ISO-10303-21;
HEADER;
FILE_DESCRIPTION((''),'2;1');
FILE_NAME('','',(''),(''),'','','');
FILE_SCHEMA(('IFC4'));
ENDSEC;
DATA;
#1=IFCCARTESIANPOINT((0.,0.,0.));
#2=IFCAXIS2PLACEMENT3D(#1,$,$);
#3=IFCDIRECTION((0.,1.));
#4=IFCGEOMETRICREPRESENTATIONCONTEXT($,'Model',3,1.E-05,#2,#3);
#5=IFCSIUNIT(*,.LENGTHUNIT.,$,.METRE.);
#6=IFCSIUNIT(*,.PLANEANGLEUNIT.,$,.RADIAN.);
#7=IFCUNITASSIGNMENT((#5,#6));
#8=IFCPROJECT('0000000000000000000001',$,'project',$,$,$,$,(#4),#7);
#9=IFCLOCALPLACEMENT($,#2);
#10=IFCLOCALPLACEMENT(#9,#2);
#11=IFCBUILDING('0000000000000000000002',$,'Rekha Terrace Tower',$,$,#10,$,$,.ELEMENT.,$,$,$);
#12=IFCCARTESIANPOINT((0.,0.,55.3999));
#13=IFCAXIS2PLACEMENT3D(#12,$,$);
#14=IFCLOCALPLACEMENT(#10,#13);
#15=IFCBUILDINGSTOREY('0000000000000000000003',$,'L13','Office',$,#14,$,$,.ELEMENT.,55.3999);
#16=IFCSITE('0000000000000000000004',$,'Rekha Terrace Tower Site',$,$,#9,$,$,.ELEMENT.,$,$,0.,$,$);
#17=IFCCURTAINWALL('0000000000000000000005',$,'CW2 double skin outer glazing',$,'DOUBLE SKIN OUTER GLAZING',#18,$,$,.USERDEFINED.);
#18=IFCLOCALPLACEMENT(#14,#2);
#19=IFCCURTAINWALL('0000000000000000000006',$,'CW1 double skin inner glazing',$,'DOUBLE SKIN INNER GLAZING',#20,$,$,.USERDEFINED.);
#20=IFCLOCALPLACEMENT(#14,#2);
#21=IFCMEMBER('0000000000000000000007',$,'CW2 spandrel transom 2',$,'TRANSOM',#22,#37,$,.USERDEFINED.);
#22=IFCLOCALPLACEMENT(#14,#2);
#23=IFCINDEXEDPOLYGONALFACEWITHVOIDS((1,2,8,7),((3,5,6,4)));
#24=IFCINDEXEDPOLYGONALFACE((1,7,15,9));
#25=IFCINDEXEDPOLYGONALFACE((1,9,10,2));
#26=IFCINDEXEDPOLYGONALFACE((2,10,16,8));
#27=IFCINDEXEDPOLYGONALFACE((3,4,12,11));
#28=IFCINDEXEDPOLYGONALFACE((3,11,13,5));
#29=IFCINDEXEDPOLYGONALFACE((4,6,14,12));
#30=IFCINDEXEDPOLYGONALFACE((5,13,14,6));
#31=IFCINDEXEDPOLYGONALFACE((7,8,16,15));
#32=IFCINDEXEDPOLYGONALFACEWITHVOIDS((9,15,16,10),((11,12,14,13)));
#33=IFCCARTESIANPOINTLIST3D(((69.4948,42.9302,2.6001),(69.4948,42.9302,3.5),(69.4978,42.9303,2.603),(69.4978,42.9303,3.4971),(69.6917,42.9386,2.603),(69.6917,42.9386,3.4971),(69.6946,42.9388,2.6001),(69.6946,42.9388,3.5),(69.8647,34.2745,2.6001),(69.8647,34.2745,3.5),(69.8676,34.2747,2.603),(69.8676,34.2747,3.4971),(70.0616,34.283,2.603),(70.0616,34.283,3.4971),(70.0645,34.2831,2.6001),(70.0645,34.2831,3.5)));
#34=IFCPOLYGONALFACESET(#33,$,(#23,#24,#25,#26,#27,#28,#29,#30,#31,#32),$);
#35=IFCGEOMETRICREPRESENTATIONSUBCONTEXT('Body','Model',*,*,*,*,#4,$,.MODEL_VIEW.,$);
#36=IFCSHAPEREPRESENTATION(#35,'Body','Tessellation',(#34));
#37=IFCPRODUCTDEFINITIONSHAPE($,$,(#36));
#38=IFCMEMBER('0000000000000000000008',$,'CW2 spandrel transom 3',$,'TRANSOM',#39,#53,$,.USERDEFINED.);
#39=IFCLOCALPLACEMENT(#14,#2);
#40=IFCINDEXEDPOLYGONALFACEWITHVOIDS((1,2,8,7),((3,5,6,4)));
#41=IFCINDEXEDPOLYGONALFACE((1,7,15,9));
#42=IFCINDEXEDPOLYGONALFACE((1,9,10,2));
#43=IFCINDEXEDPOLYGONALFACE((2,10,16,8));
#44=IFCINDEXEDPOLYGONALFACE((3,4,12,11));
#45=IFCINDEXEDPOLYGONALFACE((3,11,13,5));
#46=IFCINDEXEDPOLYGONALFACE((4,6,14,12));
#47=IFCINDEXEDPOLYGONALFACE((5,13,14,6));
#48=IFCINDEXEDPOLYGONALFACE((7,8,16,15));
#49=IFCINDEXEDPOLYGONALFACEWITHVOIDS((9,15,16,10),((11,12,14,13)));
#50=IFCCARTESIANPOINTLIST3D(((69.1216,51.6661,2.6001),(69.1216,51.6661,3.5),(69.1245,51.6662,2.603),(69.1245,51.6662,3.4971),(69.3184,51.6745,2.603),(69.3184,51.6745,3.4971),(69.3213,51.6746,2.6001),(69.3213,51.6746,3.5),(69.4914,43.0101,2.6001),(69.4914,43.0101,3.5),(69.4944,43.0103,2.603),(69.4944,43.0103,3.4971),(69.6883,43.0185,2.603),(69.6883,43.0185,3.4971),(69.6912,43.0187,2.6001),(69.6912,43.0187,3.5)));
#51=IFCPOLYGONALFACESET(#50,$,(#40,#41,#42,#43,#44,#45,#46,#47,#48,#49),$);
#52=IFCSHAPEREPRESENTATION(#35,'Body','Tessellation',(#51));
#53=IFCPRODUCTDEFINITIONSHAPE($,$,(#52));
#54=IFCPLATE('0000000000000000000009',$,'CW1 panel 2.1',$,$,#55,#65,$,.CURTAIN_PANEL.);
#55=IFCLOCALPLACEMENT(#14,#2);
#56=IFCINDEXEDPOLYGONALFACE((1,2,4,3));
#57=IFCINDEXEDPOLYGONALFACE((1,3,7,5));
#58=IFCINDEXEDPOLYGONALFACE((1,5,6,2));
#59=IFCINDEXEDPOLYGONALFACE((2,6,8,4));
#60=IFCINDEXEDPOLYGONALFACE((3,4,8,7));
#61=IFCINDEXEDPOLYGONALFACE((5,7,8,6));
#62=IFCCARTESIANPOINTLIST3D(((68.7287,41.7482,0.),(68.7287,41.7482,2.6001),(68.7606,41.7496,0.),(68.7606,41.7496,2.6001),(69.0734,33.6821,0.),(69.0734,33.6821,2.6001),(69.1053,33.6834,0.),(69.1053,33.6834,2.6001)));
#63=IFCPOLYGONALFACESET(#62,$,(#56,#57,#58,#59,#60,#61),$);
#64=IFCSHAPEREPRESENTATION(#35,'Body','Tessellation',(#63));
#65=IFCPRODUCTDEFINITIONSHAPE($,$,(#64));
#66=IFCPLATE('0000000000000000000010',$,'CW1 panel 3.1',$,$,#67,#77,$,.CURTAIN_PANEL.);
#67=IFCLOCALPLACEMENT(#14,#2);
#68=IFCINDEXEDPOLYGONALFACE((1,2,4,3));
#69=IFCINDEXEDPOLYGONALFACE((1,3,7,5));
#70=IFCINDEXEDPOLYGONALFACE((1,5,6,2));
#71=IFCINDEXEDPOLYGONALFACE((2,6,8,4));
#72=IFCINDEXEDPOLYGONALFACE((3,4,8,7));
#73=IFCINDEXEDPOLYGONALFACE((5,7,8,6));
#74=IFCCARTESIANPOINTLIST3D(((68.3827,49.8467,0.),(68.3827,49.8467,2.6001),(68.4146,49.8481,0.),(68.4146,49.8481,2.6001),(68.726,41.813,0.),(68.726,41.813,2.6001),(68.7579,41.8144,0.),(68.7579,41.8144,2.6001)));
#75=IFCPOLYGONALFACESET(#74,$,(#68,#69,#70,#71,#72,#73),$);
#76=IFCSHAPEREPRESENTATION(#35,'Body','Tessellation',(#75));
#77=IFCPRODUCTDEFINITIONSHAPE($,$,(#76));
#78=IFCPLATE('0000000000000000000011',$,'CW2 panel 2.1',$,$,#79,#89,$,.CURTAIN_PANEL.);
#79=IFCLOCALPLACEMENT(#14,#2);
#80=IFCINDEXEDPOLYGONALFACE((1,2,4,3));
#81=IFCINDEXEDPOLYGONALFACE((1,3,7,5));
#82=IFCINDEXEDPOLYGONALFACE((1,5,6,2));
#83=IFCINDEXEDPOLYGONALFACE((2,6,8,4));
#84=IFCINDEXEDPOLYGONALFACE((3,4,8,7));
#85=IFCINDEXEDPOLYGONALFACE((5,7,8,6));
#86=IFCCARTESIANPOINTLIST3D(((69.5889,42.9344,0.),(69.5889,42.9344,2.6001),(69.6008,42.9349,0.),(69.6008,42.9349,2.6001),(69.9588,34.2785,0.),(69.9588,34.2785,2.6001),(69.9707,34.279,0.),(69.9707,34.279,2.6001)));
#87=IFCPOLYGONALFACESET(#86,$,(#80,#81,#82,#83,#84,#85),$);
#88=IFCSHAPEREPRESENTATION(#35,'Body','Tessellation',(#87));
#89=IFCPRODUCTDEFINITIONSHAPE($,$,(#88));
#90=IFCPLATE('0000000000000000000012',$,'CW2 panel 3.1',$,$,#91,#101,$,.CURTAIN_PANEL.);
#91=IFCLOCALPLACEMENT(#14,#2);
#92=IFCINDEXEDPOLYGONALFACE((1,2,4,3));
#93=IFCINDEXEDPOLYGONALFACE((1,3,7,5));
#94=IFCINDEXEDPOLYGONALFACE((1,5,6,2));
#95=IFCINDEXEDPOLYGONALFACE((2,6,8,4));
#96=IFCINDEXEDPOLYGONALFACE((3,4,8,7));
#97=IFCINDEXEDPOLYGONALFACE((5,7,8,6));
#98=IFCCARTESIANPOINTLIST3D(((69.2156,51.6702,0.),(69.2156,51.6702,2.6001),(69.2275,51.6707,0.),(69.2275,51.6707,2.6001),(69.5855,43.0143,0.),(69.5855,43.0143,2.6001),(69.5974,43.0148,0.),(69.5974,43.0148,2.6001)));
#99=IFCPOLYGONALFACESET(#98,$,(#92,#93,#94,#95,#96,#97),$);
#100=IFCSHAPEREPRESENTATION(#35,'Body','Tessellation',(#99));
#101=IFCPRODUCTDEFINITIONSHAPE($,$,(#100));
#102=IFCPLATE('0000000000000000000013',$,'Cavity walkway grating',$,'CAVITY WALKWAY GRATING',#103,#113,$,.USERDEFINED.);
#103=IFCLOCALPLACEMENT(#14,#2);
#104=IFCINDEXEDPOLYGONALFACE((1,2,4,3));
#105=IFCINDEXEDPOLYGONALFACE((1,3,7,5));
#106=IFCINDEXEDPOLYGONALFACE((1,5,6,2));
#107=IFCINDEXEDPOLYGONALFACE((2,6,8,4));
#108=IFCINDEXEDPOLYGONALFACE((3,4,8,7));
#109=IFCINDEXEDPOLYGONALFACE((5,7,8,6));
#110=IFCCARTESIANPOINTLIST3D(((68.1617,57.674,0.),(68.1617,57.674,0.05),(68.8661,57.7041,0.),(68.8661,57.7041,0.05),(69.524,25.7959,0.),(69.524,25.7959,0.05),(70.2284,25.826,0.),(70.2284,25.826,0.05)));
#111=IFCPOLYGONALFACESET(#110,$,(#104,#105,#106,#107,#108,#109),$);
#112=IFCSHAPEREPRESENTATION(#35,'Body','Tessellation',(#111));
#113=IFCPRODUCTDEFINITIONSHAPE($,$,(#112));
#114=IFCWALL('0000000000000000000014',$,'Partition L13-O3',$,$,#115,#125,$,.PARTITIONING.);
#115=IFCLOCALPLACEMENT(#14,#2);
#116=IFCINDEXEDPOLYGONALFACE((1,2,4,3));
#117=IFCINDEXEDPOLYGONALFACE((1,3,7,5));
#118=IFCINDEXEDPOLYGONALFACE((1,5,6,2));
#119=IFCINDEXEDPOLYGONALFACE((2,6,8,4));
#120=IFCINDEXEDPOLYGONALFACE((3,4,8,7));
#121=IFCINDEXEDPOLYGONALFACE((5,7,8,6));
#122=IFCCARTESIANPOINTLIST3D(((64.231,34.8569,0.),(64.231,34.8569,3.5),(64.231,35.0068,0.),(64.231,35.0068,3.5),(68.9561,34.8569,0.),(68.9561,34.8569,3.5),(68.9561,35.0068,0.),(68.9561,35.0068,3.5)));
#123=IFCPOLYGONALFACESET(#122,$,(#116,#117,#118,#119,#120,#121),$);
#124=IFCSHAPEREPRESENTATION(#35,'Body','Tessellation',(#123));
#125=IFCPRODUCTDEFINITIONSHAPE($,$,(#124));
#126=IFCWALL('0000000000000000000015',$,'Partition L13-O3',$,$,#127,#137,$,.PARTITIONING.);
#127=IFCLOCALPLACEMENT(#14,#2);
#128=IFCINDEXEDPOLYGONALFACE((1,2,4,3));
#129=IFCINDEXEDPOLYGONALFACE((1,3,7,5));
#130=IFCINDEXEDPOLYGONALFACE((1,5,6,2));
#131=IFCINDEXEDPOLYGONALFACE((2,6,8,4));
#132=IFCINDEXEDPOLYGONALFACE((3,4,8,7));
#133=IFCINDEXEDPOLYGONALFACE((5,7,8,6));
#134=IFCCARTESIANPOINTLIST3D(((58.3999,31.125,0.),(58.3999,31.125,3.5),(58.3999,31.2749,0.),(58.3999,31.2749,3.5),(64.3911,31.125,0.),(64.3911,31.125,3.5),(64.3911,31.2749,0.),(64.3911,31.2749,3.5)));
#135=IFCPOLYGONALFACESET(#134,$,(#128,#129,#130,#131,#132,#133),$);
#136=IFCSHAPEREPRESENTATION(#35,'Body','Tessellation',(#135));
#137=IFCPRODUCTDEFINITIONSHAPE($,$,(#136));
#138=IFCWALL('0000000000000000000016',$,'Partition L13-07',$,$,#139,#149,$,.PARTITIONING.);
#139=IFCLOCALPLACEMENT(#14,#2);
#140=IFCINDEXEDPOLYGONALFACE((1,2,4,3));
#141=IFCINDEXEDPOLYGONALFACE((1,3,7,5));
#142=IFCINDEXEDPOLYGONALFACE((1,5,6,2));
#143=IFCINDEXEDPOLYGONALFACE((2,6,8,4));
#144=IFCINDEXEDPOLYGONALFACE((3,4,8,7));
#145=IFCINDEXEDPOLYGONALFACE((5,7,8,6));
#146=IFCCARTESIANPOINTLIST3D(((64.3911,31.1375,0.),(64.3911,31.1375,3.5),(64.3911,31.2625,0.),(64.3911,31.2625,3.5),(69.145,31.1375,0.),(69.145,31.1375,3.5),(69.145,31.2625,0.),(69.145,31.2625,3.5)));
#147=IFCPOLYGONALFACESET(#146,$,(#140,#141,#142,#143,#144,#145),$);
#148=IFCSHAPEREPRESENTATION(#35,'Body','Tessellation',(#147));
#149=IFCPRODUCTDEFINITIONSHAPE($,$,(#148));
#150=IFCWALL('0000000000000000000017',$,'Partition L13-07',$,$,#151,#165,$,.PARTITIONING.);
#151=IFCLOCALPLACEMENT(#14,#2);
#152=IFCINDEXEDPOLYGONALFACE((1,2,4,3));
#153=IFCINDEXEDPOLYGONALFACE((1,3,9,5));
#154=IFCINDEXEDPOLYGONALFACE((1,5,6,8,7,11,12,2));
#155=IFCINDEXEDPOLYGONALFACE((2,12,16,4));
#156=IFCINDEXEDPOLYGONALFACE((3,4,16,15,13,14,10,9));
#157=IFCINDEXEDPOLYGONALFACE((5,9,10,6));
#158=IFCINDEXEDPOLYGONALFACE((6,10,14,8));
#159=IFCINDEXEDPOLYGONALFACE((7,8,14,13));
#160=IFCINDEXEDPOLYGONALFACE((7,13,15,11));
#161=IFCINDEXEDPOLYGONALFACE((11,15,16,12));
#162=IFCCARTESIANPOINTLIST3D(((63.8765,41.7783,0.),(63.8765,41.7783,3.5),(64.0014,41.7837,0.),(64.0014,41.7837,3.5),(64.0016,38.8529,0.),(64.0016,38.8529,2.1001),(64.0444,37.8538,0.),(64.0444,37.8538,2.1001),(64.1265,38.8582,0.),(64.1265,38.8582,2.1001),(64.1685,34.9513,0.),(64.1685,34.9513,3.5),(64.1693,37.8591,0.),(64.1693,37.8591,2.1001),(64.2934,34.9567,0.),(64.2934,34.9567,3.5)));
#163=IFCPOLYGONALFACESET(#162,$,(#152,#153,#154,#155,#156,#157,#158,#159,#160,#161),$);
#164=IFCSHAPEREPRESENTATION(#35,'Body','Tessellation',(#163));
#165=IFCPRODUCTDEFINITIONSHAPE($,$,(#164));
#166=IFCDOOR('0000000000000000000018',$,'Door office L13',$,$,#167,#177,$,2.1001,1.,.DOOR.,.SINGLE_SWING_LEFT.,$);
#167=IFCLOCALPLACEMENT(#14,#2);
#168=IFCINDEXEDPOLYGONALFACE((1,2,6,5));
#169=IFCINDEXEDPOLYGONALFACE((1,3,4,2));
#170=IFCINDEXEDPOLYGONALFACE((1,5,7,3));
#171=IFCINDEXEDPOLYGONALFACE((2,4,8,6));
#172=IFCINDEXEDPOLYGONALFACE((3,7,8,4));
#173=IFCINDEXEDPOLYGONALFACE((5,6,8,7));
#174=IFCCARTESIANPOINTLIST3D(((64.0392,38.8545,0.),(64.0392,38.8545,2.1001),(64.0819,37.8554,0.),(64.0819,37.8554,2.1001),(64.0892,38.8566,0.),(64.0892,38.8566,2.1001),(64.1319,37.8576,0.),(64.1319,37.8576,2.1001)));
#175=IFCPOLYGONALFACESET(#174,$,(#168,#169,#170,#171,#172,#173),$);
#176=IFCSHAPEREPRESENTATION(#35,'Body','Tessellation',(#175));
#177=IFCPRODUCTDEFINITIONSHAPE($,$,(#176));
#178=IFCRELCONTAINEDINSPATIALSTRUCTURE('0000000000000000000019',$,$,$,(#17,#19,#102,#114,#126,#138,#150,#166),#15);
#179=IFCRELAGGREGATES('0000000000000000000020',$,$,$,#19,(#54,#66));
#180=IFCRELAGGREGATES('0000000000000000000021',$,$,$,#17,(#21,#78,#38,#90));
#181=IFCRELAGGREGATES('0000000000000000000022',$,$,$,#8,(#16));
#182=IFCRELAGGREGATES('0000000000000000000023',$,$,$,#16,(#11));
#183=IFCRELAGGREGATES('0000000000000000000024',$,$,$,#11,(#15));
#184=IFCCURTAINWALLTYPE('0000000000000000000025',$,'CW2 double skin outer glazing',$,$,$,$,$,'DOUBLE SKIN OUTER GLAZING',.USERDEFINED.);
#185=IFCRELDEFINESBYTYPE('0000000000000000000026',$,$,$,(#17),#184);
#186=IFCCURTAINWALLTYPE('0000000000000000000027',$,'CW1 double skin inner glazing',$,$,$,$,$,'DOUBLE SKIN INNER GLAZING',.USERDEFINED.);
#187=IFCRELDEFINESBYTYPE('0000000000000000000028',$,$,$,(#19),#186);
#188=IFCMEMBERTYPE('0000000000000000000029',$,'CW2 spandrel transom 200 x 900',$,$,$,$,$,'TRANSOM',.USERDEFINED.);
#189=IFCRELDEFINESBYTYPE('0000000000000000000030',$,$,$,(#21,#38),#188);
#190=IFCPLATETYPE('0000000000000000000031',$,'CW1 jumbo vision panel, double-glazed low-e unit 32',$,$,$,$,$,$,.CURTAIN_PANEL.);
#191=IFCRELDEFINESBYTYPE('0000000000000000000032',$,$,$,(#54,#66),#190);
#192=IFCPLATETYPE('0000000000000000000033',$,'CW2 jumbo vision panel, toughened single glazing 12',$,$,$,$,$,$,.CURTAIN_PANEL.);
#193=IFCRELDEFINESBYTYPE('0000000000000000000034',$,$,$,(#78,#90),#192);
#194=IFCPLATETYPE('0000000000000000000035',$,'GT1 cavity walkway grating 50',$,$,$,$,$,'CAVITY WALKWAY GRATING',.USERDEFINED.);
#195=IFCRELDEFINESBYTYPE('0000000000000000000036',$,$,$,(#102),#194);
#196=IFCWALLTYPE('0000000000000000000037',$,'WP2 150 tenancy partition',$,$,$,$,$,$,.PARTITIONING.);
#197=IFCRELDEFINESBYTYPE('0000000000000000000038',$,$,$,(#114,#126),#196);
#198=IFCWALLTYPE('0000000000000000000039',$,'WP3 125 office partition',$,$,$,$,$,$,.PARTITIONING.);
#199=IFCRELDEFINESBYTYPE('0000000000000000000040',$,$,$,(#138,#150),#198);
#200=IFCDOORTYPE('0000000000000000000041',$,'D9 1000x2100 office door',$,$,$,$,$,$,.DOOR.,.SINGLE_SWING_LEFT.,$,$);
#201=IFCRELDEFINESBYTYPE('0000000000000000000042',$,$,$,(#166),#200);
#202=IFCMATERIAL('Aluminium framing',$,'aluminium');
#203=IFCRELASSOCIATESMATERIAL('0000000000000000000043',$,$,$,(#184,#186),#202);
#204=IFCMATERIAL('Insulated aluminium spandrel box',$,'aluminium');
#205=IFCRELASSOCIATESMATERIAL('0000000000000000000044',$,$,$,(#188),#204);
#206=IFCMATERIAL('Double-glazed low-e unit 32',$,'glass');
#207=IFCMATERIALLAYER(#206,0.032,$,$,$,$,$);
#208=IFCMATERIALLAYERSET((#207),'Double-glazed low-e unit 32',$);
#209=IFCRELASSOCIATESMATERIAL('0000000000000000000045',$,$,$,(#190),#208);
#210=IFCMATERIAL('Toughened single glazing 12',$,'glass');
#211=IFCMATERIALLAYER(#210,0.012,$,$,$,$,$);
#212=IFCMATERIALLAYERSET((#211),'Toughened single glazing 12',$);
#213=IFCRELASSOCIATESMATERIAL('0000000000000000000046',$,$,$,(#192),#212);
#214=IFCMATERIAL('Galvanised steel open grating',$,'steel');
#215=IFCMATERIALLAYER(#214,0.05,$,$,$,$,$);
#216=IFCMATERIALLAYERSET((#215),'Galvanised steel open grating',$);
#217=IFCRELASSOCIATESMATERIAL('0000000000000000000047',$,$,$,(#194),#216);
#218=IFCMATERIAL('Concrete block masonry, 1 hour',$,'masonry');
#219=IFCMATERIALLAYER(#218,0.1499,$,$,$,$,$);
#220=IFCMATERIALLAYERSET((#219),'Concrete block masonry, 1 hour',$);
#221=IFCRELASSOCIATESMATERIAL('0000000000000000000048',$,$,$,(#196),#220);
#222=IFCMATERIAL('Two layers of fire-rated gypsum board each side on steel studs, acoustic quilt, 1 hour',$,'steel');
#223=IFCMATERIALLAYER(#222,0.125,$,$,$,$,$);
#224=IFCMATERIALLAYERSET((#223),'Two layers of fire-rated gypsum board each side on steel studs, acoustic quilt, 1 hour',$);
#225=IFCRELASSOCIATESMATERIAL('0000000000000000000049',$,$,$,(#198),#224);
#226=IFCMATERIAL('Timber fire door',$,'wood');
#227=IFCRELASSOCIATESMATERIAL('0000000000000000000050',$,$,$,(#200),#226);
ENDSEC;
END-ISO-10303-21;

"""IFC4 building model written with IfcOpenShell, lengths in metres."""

from ifc_helpers import new_model, si_unit, direction, frame, frame_2d, origin, origin_2d, place, context, subcontext, project, spatial, rectangle, hollow_rectangle, extrude, material, layer, layer_set, material_profile, profile_set, type_object, element, fill, aggregate, save


model = new_model("IFC4")

# Units and contexts
model_context = context("Model", 3, precision=1e-05, world=origin(), true_north=direction((0.0, 1.0)))
body_context = subcontext(model_context, "Body", "Model", "MODEL_VIEW")
ifc_project = project(units=[si_unit("LENGTHUNIT", "METRE"), si_unit("PLANEANGLEUNIT", "RADIAN")], contexts=[model_context])

# Site, building, storey
site_placement = place(None, origin())
site = spatial("IfcSite", under=ifc_project, at=site_placement, Name="Rekha Terrace Tower Site", CompositionType="ELEMENT", RefElevation=0.0)
building_placement = place(site_placement, origin())
building = spatial("IfcBuilding", under=site, at=building_placement, Name="Rekha Terrace Tower", CompositionType="ELEMENT")
storey_placement = place(building_placement, frame((0.0, 0.0, 55.3999)))
storey = spatial("IfcBuildingStorey", under=building, at=storey_placement, Name="L13", Description="Office", CompositionType="ELEMENT", Elevation=55.3999)

# Curtain walls
ifc_material_1 = material(Name="Aluminium framing", Category="aluminium")
curtain_wall_type_1 = type_object("IfcCurtainWallType", Name="CW2 double skin outer glazing", ElementType="DOUBLE SKIN OUTER GLAZING", PredefinedType="USERDEFINED", material=ifc_material_1)
curtain_wall_1_placement = place(storey_placement, origin())
curtain_wall_1 = element("IfcCurtainWall", 1, at=curtain_wall_1_placement, inside=storey, type_object=curtain_wall_type_1, Name="CW2 double skin outer glazing", ObjectType="DOUBLE SKIN OUTER GLAZING", PredefinedType="USERDEFINED")
curtain_wall_type_2 = type_object("IfcCurtainWallType", Name="CW1 double skin inner glazing", ElementType="DOUBLE SKIN INNER GLAZING", PredefinedType="USERDEFINED", material=ifc_material_1)
curtain_wall_2_placement = place(storey_placement, origin())
curtain_wall_2 = element("IfcCurtainWall", 2, at=curtain_wall_2_placement, inside=storey, type_object=curtain_wall_type_2, Name="CW1 double skin inner glazing", ObjectType="DOUBLE SKIN INNER GLAZING", PredefinedType="USERDEFINED")
ifc_material_2 = material(Name="Insulated aluminium spandrel box", Category="aluminium")

# Members
ifc_material_profile_1 = material_profile(ifc_material_2, hollow_rectangle(XDim=0.2, YDim=0.8999, WallThickness=0.0029, at=origin_2d()), Name="AL SPANDREL BOX 200x900")
ifc_profile_set_1 = profile_set([ifc_material_profile_1], Name="Insulated aluminium spandrel box")
member_type_1 = type_object("IfcMemberType", Name="CW2 spandrel transom 200 x 900", ElementType="TRANSOM", PredefinedType="USERDEFINED", material=ifc_profile_set_1)
member_1_placement = place(storey_placement, frame((69.9646, 34.2788, 3.05), z_axis=(-0.042692, 0.999088, 0.0), x_axis=(-0.999088, -0.042692, 0.0)))
member_1 = element("IfcMember", 3, at=member_1_placement, type_object=member_type_1, Name="CW2 spandrel transom 2", ObjectType="TRANSOM", PredefinedType="USERDEFINED", context=body_context, shape_type="SweptSolid", body=[
    extrude(hollow_rectangle(XDim=0.2, YDim=0.8999, WallThickness=0.0029, at=origin_2d()), origin(), (0.0, 0.0, 1.0), 8.6636),
])
member_2_placement = place(storey_placement, frame((69.5913, 43.0144, 3.05), z_axis=(-0.042691, 0.999088, 0.0), x_axis=(-0.999088, -0.042691, 0.0)))
member_2 = element("IfcMember", 4, at=member_2_placement, type_object=member_type_1, Name="CW2 spandrel transom 3", ObjectType="TRANSOM", PredefinedType="USERDEFINED", context=body_context, shape_type="SweptSolid", body=[
    extrude(hollow_rectangle(XDim=0.2, YDim=0.8999, WallThickness=0.0029, at=origin_2d()), origin(), (0.0, 0.0, 1.0), 8.6638),
])

# Plates
ifc_material_3 = material(Name="Double-glazed low-e unit 32", Category="glass")
ifc_layer_1 = layer(ifc_material_3, 0.032)
ifc_layer_set_1 = layer_set([ifc_layer_1], Name="Double-glazed low-e unit 32")
plate_type_1 = type_object("IfcPlateType", Name="CW1 jumbo vision panel, double-glazed low-e unit 32", PredefinedType="CURTAIN_PANEL", material=ifc_layer_set_1)
plate_1_placement = place(storey_placement, frame((68.917, 37.7158, 0.0), z_axis=(0.0, 0.0, 1.0), x_axis=(-0.042696, 0.999088, 0.0)))
plate_1 = element("IfcPlate", 5, at=plate_1_placement, type_object=plate_type_1, Name="CW1 panel 2.1", PredefinedType="CURTAIN_PANEL", context=body_context, shape_type="SweptSolid", body=[
    extrude(rectangle(XDim=8.0735, YDim=0.032, at=origin_2d()), origin(), (0.0, 0.0, 1.0), 2.6001),
])
plate_2_placement = place(storey_placement, frame((68.5703, 45.8306, 0.0), z_axis=(0.0, 0.0, 1.0), x_axis=(-0.042696, 0.999088, 0.0)))
plate_2 = element("IfcPlate", 6, at=plate_2_placement, type_object=plate_type_1, Name="CW1 panel 3.1", PredefinedType="CURTAIN_PANEL", context=body_context, shape_type="SweptSolid", body=[
    extrude(rectangle(XDim=8.041, YDim=0.032, at=origin_2d()), origin(), (0.0, 0.0, 1.0), 2.6001),
])
aggregate(curtain_wall_2, [plate_1, plate_2])
ifc_material_4 = material(Name="Toughened single glazing 12", Category="glass")
ifc_layer_2 = layer(ifc_material_4, 0.012)
ifc_layer_set_2 = layer_set([ifc_layer_2], Name="Toughened single glazing 12")
plate_type_2 = type_object("IfcPlateType", Name="CW2 jumbo vision panel, toughened single glazing 12", PredefinedType="CURTAIN_PANEL", material=ifc_layer_set_2)
plate_3_placement = place(storey_placement, frame((69.7798, 38.6067, 0.0), z_axis=(0.0, 0.0, 1.0), x_axis=(-0.042696, 0.999088, 0.0)))
plate_3 = element("IfcPlate", 7, at=plate_3_placement, type_object=plate_type_2, Name="CW2 panel 2.1", PredefinedType="CURTAIN_PANEL", context=body_context, shape_type="SweptSolid", body=[
    extrude(rectangle(XDim=8.6638, YDim=0.012, at=origin_2d()), origin(), (0.0, 0.0, 1.0), 2.6001),
])
plate_4_placement = place(storey_placement, frame((69.4065, 47.3425, 0.0), z_axis=(0.0, 0.0, 1.0), x_axis=(-0.042696, 0.999088, 0.0)))
plate_4 = element("IfcPlate", 8, at=plate_4_placement, type_object=plate_type_2, Name="CW2 panel 3.1", PredefinedType="CURTAIN_PANEL", context=body_context, shape_type="SweptSolid", body=[
    extrude(rectangle(XDim=8.6638, YDim=0.012, at=origin_2d()), origin(), (0.0, 0.0, 1.0), 2.6001),
])
aggregate(curtain_wall_1, [member_1, plate_3, member_2, plate_4])
ifc_material_5 = material(Name="Galvanised steel open grating", Category="steel")
ifc_layer_3 = layer(ifc_material_5, 0.05)
ifc_layer_set_3 = layer_set([ifc_layer_3], Name="Galvanised steel open grating")
plate_type_3 = type_object("IfcPlateType", Name="GT1 cavity walkway grating 50", ElementType="CAVITY WALKWAY GRATING", PredefinedType="USERDEFINED", material=ifc_layer_set_3)
plate_5_placement = place(storey_placement, frame((69.1951, 41.75, 0.0), z_axis=(0.0, 0.0, 1.0), x_axis=(-0.042696, 0.999088, 0.0)))
element("IfcPlate", 9, at=plate_5_placement, inside=storey, type_object=plate_type_3, Name="Cavity walkway grating", ObjectType="CAVITY WALKWAY GRATING", PredefinedType="USERDEFINED", context=body_context, shape_type="SweptSolid", body=[
    extrude(rectangle(XDim=31.9072, YDim=0.7051, at=origin_2d()), origin(), (0.0, 0.0, 1.0), 0.05),
])

# Walls
ifc_material_6 = material(Name="Concrete block masonry, 1 hour", Category="masonry")
ifc_layer_4 = layer(ifc_material_6, 0.1499)
ifc_layer_set_4 = layer_set([ifc_layer_4], Name="Concrete block masonry, 1 hour")
wall_type_1 = type_object("IfcWallType", Name="WP2 150 tenancy partition", PredefinedType="PARTITIONING", material=ifc_layer_set_4)
wall_1_placement = place(storey_placement, frame((64.231, 34.9319, 0.0), z_axis=(0.0, 0.0, 1.0), x_axis=(1.0, 0.0, 0.0)))
element("IfcWall", 10, at=wall_1_placement, inside=storey, type_object=wall_type_1, Name="Partition L13-O3", PredefinedType="PARTITIONING", context=body_context, shape_type="SweptSolid", body=[
    extrude(rectangle(XDim=4.7251, YDim=0.1499, at=frame_2d((2.3625, 0.0))), origin(), (0.0, 0.0, 1.0), 3.5),
])
wall_2_placement = place(storey_placement, frame((64.3911, 31.2, 0.0), z_axis=(0.0, 0.0, 1.0), x_axis=(-1.0, 0.0, 0.0)))
element("IfcWall", 11, at=wall_2_placement, inside=storey, type_object=wall_type_1, Name="Partition L13-O3", PredefinedType="PARTITIONING", context=body_context, shape_type="SweptSolid", body=[
    extrude(rectangle(XDim=5.9912, YDim=0.1499, at=frame_2d((2.9956, 0.0))), origin(), (0.0, 0.0, 1.0), 3.5),
])
ifc_material_7 = material(Name="Two layers of fire-rated gypsum board each side on steel studs, acoustic quilt, 1 hour", Category="steel")
ifc_layer_5 = layer(ifc_material_7, 0.125)
ifc_layer_set_5 = layer_set([ifc_layer_5], Name="Two layers of fire-rated gypsum board each side on steel studs, acoustic quilt, 1 hour")
wall_type_2 = type_object("IfcWallType", Name="WP3 125 office partition", PredefinedType="PARTITIONING", material=ifc_layer_set_5)
wall_3_placement = place(storey_placement, frame((69.145, 31.2, 0.0), z_axis=(0.0, 0.0, 1.0), x_axis=(-1.0, 0.0, 0.0)))
element("IfcWall", 12, at=wall_3_placement, inside=storey, type_object=wall_type_2, Name="Partition L13-07", PredefinedType="PARTITIONING", context=body_context, shape_type="SweptSolid", body=[
    extrude(rectangle(XDim=4.7539, YDim=0.125, at=frame_2d((2.377, 0.0))), origin(), (0.0, 0.0, 1.0), 3.5),
])

# Wall, opening, door
wall_4_placement = place(storey_placement, frame((64.231, 34.9541, 0.0), z_axis=(0.0, 0.0, 1.0), x_axis=(-0.042732, 0.999087, 0.0)))
wall_4 = element("IfcWall", 13, at=wall_4_placement, inside=storey, type_object=wall_type_2, Name="Partition L13-07", PredefinedType="PARTITIONING", context=body_context, shape_type="SweptSolid", body=[
    extrude(rectangle(XDim=6.8333, YDim=0.125, at=frame_2d((3.4165, 0.0))), origin(), (0.0, 0.0, 1.0), 3.5),
])
opening_1_placement = place(wall_4_placement, frame((2.905, 0.0, 0.0)))
opening_1 = element("IfcOpeningElement", 14, at=opening_1_placement, cuts=wall_4, PredefinedType="OPENING", context=body_context, shape_type="SweptSolid", body=[
    extrude(rectangle(XDim=1.0, YDim=2.1001, at=frame_2d((0.5, 1.05))), frame((0.0, 0.0725, 0.0), z_axis=(0.0, -1.0, 0.0), x_axis=(1.0, 0.0, 0.0)), (0.0, 0.0, 1.0), 0.145),
])
ifc_material_8 = material(Name="Timber fire door", Category="wood")
door_type = type_object("IfcDoorType", Name="D9 1000x2100 office door", OperationType="SINGLE_SWING_LEFT", PredefinedType="DOOR", material=ifc_material_8)
door_1_placement = place(opening_1_placement, origin())
door_1 = element("IfcDoor", 15, at=door_1_placement, inside=storey, type_object=door_type, Name="Door office L13", OperationType="SINGLE_SWING_LEFT", OverallHeight=2.1001, OverallWidth=1.0, PredefinedType="DOOR", context=body_context, shape_type="SweptSolid", body=[
    extrude(rectangle(XDim=1.0, YDim=2.1001, at=frame_2d((0.5, 1.05))), frame((0.0, 0.0249, 0.0), z_axis=(0.0, -1.0, 0.0), x_axis=(1.0, 0.0, 0.0)), (0.0, 0.0, 1.0), 0.05),
])
fill(opening_1, door_1)

save(model, "model.ifc")
